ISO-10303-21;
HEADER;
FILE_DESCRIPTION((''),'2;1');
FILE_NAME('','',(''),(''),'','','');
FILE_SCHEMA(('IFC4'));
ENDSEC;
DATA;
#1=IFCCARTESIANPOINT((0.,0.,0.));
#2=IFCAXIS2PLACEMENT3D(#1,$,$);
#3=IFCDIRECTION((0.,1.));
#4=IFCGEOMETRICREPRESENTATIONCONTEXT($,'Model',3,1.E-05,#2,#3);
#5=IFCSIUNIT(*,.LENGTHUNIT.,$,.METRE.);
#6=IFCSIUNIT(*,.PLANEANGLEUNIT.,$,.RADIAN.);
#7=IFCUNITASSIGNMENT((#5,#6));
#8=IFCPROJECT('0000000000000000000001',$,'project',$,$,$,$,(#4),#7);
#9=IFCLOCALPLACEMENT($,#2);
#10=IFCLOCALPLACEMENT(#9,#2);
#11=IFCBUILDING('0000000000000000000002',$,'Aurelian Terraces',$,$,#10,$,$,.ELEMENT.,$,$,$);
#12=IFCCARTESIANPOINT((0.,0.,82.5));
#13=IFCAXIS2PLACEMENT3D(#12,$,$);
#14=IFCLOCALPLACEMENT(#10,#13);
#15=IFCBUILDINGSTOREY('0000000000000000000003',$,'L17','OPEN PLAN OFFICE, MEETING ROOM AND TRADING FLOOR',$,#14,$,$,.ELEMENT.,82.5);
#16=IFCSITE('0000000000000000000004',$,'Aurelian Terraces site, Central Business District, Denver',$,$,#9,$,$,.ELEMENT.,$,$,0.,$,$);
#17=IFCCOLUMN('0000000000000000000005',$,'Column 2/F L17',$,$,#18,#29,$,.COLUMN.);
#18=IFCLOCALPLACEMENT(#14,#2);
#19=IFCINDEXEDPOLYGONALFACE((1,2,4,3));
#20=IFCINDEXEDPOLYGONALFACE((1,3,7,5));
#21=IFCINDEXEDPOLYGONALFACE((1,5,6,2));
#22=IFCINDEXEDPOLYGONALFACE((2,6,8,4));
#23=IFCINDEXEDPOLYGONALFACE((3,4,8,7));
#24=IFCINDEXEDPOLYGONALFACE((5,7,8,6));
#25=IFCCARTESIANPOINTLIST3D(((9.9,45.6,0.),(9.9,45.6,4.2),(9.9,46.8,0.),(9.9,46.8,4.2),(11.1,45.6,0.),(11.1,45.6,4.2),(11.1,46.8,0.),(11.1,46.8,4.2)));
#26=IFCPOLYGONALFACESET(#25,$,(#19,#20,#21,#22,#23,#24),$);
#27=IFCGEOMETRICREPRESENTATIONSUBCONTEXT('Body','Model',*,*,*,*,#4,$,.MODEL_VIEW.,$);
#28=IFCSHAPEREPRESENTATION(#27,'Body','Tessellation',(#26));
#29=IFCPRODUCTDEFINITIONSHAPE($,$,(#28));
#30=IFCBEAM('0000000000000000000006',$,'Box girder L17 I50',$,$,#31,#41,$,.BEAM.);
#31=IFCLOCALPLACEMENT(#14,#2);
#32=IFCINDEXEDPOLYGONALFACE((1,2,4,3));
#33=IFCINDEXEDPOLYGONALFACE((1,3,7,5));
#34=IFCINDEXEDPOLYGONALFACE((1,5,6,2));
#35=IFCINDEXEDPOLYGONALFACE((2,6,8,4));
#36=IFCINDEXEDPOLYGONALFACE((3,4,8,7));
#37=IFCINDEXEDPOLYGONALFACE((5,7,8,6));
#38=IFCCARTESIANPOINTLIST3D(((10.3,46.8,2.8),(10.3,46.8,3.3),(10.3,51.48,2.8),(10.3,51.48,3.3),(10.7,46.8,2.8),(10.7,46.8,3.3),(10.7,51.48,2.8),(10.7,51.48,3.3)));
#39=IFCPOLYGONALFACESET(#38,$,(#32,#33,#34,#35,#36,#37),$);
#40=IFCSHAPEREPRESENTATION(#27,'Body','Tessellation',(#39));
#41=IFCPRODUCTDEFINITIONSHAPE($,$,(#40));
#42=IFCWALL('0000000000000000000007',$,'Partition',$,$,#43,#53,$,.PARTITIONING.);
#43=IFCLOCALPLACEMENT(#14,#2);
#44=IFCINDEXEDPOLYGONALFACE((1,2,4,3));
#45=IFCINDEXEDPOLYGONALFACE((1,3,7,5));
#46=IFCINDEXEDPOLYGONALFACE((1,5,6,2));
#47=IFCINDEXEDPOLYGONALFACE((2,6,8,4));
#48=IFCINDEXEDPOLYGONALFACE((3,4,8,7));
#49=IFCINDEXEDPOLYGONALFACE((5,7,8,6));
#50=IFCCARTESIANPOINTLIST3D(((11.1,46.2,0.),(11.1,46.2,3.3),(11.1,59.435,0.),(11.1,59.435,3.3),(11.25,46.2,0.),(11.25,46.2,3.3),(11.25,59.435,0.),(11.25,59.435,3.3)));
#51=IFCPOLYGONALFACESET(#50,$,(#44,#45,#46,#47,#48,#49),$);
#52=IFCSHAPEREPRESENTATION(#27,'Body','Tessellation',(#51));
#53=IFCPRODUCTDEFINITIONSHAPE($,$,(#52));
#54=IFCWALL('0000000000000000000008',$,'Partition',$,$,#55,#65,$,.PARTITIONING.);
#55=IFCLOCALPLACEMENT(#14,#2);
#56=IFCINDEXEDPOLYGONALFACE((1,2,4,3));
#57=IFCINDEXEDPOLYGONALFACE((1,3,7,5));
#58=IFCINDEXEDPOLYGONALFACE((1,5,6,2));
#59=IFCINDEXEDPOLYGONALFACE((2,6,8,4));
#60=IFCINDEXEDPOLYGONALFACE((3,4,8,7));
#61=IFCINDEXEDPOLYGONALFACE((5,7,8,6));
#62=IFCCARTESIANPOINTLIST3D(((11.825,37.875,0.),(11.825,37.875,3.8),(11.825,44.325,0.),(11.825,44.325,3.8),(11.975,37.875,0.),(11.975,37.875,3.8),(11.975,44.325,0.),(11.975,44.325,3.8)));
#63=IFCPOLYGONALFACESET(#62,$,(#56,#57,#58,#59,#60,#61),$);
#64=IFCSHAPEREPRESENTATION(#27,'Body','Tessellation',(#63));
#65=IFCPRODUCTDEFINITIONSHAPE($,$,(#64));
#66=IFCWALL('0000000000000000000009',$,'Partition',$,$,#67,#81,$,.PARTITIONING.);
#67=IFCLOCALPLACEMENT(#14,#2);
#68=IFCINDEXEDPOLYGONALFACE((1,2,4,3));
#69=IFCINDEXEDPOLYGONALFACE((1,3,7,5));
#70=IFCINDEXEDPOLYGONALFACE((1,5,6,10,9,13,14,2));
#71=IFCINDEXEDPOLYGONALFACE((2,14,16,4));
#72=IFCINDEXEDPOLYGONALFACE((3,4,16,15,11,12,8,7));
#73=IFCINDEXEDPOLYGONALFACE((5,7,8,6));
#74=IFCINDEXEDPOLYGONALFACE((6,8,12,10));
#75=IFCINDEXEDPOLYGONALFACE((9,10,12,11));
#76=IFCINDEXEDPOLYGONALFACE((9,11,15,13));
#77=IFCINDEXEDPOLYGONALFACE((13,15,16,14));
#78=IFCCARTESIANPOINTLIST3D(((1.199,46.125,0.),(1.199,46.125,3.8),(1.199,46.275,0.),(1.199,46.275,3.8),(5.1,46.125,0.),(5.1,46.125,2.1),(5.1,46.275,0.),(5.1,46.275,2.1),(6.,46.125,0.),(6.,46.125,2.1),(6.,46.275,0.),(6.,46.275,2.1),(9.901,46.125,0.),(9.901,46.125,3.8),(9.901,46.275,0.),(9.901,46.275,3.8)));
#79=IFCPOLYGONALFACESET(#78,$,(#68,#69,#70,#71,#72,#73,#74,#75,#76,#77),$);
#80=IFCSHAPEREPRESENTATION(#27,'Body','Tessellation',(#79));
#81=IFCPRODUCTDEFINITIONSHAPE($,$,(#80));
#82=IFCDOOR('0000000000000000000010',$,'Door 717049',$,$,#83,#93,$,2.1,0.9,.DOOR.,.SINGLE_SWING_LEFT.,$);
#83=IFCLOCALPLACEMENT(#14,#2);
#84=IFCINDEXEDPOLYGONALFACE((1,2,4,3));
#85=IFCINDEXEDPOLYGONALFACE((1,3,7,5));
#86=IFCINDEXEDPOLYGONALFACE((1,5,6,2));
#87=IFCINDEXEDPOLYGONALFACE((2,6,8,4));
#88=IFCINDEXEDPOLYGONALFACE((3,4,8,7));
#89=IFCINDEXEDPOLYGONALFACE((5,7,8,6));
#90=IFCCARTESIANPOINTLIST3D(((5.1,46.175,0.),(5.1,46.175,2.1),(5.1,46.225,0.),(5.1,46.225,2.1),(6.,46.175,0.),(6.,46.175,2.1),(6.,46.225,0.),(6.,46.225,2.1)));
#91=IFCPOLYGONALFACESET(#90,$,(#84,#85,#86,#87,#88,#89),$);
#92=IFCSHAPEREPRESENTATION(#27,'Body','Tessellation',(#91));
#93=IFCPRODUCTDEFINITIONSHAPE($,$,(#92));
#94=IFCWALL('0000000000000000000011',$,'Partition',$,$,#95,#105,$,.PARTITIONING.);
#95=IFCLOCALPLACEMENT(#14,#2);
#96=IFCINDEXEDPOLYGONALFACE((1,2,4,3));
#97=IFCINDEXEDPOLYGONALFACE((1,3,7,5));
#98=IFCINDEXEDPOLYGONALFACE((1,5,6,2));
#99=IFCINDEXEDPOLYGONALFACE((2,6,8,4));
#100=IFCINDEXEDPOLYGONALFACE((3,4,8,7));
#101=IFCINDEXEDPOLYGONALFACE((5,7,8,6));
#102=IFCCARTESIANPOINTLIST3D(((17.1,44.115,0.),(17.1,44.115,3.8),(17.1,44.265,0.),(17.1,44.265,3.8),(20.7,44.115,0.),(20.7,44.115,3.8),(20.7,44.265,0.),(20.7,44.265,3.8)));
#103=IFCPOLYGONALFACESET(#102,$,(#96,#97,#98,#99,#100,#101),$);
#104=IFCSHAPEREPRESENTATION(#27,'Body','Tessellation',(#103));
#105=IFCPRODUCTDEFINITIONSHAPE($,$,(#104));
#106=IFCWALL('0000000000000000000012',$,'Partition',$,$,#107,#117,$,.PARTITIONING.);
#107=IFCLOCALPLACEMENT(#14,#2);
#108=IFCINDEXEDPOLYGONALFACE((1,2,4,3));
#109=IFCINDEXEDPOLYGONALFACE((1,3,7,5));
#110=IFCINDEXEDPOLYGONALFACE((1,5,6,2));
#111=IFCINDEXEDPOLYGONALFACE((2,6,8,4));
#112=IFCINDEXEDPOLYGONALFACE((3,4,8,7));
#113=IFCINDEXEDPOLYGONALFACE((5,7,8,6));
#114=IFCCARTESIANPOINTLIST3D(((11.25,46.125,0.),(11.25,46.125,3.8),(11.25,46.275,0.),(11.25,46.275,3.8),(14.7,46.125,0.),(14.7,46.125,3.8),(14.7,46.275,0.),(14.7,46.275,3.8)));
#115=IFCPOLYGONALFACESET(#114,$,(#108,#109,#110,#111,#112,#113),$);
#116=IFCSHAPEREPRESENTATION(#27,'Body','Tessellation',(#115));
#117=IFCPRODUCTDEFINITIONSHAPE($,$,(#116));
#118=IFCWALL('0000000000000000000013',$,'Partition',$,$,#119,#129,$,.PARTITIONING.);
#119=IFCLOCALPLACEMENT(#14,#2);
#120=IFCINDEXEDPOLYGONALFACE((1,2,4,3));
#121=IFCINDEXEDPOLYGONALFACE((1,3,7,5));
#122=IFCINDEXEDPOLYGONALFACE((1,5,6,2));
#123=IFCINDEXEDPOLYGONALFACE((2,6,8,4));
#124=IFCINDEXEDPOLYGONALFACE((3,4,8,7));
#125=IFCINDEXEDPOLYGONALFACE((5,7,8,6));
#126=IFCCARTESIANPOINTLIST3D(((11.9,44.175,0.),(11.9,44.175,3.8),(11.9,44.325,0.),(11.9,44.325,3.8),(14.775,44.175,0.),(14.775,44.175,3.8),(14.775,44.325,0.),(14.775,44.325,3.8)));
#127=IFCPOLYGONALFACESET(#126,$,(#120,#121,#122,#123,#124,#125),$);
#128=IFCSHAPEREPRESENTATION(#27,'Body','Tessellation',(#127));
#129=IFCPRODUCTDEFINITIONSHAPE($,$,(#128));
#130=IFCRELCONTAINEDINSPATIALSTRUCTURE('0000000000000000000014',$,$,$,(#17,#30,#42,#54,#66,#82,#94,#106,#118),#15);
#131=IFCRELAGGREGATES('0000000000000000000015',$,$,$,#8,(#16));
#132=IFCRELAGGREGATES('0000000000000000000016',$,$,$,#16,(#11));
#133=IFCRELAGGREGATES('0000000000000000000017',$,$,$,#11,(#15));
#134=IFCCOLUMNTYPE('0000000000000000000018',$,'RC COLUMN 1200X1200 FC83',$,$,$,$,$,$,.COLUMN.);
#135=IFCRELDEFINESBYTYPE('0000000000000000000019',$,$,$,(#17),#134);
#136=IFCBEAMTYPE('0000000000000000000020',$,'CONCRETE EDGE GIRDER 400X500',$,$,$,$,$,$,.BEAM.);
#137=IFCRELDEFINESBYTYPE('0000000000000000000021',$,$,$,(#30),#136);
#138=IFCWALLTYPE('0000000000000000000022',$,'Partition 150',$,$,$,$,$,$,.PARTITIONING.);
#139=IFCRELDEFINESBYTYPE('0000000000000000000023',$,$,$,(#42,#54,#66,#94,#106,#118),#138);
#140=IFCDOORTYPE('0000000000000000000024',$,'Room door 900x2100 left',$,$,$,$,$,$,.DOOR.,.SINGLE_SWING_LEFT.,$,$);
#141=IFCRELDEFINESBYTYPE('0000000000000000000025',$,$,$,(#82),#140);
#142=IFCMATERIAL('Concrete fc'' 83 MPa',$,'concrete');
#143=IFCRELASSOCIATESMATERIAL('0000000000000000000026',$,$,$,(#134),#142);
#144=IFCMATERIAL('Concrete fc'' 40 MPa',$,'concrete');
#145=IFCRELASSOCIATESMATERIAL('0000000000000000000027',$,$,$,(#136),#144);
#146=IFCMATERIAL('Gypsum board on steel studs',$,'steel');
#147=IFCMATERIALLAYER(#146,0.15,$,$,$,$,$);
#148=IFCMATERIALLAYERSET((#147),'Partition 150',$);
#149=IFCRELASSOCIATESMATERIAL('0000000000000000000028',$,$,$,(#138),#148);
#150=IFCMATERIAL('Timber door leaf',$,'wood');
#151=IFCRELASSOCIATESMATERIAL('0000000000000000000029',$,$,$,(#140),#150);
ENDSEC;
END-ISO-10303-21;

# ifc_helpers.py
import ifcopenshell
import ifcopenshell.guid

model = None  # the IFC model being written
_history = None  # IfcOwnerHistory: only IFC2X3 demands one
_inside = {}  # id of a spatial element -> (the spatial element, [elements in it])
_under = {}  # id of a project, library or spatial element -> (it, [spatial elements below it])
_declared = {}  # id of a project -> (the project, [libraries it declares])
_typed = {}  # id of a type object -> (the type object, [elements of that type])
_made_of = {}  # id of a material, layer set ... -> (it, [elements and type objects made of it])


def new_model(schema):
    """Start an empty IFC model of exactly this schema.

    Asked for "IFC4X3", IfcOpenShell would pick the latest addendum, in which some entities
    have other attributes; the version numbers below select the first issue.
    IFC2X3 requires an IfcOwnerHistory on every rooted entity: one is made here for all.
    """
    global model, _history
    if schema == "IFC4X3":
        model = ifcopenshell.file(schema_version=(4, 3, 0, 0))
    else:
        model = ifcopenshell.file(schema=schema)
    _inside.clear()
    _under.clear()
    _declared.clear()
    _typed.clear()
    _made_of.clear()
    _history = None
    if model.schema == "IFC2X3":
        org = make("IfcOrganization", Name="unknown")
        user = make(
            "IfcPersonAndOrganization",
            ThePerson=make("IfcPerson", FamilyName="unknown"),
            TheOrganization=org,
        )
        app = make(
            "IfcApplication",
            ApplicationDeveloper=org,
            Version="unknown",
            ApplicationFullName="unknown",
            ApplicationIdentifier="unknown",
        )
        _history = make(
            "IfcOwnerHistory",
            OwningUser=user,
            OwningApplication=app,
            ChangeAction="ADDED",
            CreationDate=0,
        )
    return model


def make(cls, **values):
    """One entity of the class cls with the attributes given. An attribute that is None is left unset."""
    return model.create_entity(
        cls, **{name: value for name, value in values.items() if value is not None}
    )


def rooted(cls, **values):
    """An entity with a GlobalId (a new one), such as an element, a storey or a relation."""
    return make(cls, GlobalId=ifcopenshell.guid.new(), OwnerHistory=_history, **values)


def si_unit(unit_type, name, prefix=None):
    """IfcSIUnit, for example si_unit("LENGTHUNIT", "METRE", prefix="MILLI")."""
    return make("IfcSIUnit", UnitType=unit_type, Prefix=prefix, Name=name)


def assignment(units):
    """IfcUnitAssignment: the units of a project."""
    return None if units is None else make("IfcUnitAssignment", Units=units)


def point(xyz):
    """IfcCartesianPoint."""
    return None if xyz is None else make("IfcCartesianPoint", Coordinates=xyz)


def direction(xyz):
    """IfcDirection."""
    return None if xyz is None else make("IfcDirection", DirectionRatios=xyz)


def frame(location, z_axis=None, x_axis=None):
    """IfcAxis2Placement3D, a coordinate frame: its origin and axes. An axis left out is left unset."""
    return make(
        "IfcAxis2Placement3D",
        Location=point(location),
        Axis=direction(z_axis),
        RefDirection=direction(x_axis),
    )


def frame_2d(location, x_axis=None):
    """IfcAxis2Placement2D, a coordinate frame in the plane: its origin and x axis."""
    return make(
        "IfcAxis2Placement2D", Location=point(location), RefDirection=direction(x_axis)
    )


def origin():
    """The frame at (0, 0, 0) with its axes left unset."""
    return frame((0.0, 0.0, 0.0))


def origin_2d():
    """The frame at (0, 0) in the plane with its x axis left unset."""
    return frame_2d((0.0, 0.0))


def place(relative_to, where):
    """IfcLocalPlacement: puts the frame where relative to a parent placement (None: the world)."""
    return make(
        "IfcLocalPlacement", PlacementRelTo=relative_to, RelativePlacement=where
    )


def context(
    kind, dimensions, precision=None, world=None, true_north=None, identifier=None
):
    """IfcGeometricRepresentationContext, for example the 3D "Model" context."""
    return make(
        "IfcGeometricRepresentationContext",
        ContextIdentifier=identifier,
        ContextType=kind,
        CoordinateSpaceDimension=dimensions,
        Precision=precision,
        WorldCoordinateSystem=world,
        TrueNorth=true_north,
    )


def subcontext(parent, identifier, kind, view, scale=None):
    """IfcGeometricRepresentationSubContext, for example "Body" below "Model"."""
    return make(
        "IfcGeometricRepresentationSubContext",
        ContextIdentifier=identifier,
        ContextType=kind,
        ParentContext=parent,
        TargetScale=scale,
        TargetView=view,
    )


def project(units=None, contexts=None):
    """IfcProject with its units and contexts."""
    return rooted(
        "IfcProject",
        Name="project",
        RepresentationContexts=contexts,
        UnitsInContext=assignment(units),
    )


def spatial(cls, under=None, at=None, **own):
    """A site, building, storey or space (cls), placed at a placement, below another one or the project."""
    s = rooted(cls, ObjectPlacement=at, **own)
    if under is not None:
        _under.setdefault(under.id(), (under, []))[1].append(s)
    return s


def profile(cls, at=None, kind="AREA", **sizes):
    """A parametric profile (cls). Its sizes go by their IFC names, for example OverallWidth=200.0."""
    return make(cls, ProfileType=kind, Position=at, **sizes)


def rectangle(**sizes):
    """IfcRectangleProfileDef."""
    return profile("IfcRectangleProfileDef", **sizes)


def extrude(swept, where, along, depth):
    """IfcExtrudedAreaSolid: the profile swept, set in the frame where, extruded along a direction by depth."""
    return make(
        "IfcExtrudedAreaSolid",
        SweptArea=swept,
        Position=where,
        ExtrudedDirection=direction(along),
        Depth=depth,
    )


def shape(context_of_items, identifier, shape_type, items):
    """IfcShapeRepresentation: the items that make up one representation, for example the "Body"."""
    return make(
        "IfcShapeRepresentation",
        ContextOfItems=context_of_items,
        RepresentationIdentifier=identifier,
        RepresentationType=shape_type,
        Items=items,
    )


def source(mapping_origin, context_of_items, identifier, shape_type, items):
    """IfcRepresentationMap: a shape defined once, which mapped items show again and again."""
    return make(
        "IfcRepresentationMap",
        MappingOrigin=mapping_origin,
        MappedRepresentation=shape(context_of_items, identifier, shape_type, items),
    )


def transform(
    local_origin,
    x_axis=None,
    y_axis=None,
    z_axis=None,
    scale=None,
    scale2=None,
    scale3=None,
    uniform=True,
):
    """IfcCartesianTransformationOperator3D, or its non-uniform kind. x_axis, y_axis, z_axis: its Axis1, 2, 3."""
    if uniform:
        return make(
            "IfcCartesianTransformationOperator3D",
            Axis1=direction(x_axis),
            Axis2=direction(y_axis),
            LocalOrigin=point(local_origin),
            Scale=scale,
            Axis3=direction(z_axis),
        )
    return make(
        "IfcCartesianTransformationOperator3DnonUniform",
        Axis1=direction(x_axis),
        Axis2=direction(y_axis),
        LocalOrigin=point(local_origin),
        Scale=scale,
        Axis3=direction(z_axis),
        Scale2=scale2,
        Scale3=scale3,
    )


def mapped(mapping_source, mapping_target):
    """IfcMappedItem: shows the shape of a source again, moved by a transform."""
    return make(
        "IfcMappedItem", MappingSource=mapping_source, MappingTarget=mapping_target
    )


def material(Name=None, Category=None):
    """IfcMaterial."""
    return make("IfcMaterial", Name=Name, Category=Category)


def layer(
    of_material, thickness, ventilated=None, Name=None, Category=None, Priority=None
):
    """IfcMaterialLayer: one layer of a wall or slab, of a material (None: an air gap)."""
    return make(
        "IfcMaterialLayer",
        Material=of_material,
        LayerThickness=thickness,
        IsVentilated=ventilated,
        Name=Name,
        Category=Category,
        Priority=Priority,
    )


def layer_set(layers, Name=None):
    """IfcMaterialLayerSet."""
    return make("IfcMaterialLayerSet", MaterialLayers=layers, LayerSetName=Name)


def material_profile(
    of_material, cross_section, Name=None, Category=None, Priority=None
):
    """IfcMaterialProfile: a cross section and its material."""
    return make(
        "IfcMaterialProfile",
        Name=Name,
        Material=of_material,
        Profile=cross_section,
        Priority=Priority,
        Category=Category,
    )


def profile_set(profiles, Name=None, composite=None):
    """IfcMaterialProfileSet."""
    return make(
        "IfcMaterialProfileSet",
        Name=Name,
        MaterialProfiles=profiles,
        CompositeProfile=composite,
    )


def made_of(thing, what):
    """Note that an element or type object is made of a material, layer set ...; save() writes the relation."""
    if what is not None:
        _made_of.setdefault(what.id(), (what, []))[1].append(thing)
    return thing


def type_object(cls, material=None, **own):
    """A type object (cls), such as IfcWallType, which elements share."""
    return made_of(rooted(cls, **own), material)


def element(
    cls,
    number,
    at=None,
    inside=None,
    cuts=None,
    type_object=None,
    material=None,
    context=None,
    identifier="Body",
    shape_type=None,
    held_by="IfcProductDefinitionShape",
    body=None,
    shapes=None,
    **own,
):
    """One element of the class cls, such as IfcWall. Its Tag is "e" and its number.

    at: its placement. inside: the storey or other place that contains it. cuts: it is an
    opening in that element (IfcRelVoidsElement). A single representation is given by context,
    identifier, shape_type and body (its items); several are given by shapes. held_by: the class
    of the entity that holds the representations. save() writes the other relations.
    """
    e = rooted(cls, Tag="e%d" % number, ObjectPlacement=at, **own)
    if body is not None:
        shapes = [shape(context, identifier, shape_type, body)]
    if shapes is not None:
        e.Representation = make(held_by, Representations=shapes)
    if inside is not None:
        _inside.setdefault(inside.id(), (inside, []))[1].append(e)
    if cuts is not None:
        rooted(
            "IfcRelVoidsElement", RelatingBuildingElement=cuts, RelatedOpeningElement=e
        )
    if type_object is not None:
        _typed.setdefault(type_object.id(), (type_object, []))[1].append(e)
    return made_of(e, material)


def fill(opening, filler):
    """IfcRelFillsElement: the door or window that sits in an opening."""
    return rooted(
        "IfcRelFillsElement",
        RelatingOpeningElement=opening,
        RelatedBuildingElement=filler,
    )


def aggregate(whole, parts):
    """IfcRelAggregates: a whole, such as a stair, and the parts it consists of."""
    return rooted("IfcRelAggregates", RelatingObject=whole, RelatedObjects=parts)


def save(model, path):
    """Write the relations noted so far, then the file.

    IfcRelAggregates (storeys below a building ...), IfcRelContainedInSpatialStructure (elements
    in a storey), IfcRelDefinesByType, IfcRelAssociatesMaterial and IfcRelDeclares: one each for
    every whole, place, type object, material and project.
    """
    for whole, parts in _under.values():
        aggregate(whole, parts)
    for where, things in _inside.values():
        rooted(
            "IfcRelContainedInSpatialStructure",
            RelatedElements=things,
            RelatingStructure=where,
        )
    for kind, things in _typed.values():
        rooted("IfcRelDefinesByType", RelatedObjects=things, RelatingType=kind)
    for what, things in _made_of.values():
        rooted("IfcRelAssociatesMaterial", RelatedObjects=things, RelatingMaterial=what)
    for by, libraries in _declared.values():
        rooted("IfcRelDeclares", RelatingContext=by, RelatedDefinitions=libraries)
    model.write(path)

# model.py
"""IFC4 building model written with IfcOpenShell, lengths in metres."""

from ifc_helpers import new_model, si_unit, direction, frame, frame_2d, origin, origin_2d, place, context, subcontext, project, spatial, rectangle, extrude, source, transform, mapped, material, layer, layer_set, material_profile, profile_set, type_object, element, fill, save


model = new_model("IFC4")

# Units and contexts
model_context = context("Model", 3, precision=1e-05, world=origin(), true_north=direction((0.0, 1.0)))
body_context = subcontext(model_context, "Body", "Model", "MODEL_VIEW")
ifc_project = project(units=[si_unit("LENGTHUNIT", "METRE"), si_unit("PLANEANGLEUNIT", "RADIAN")], contexts=[model_context])

# Site, building, storey
site_placement = place(None, origin())
site = spatial("IfcSite", under=ifc_project, at=site_placement, Name="Aurelian Terraces site, Central Business District, Denver", CompositionType="ELEMENT", RefElevation=0.0)
building_placement = place(site_placement, origin())
building = spatial("IfcBuilding", under=site, at=building_placement, Name="Aurelian Terraces", CompositionType="ELEMENT")
storey_placement = place(building_placement, frame((0.0, 0.0, 82.5)))
storey = spatial("IfcBuildingStorey", under=building, at=storey_placement, Name="L17", Description="OPEN PLAN OFFICE, MEETING ROOM AND TRADING FLOOR", CompositionType="ELEMENT", Elevation=82.5)

# Column
ifc_material_1 = material(Name="Concrete fc' 83 MPa", Category="concrete")
ifc_material_profile_1 = material_profile(ifc_material_1, rectangle(XDim=1.2, YDim=1.2, at=origin_2d()))
ifc_profile_set_1 = profile_set([ifc_material_profile_1], Name="Concrete fc' 83 MPa")
column_type = type_object("IfcColumnType", Name="RC COLUMN 1200X1200 FC83", PredefinedType="COLUMN", material=ifc_profile_set_1)
shared_shape_1 = source(origin(), body_context, "Body", "SweptSolid", [
    extrude(rectangle(XDim=1.2, YDim=1.2, at=origin_2d()), origin(), (0.0, 0.0, 1.0), 4.2),
])
column_placement = place(storey_placement, frame((10.5, 46.2, 0.0), z_axis=(0.0, 0.0, 1.0), x_axis=(1.0, 0.0, 0.0)))
element("IfcColumn", 1, at=column_placement, inside=storey, type_object=column_type, Name="Column 2/F L17", PredefinedType="COLUMN", context=body_context, shape_type="MappedRepresentation", body=[
    mapped(shared_shape_1, transform((0.0, 0.0, 0.0), scale=1.0)),
])

# Beam
ifc_material_2 = material(Name="Concrete fc' 40 MPa", Category="concrete")
ifc_material_profile_2 = material_profile(ifc_material_2, rectangle(XDim=0.4, YDim=0.5, at=origin_2d()))
ifc_profile_set_2 = profile_set([ifc_material_profile_2], Name="Concrete fc' 40 MPa")
beam_type = type_object("IfcBeamType", Name="CONCRETE EDGE GIRDER 400X500", PredefinedType="BEAM", material=ifc_profile_set_2)
shared_shape_2 = source(origin(), body_context, "Body", "SweptSolid", [
    extrude(rectangle(XDim=0.4, YDim=0.5, at=origin_2d()), origin(), (0.0, 0.0, 1.0), 4.68),
])
beam_placement = place(storey_placement, frame((10.5, 46.8, 3.05), z_axis=(0.0, 1.0, 0.0), x_axis=(-1.0, 0.0, 0.0)))
element("IfcBeam", 2, at=beam_placement, inside=storey, type_object=beam_type, Name="Box girder L17 I50", PredefinedType="BEAM", context=body_context, shape_type="MappedRepresentation", body=[
    mapped(shared_shape_2, transform((0.0, 0.0, 0.0), scale=1.0)),
])

# Walls
ifc_material_3 = material(Name="Gypsum board on steel studs", Category="steel")
ifc_layer_1 = layer(ifc_material_3, 0.15)
ifc_layer_set_1 = layer_set([ifc_layer_1], Name="Partition 150")
wall_type_1 = type_object("IfcWallType", Name="Partition 150", PredefinedType="PARTITIONING", material=ifc_layer_set_1)
wall_1_placement = place(storey_placement, frame((11.175, 46.2, 0.0), z_axis=(0.0, 0.0, 1.0), x_axis=(0.0, 1.0, 0.0)))
element("IfcWall", 3, at=wall_1_placement, inside=storey, type_object=wall_type_1, Name="Partition", PredefinedType="PARTITIONING", context=body_context, shape_type="SweptSolid", body=[
    extrude(rectangle(XDim=13.235, YDim=0.15, at=frame_2d((6.6175, 0.0))), origin(), (0.0, 0.0, 1.0), 3.3),
])
shared_shape_3 = source(origin(), body_context, "Body", "SweptSolid", [
    extrude(rectangle(XDim=6.45, YDim=0.15, at=frame_2d((3.225, 0.0))), origin(), (0.0, 0.0, 1.0), 3.8),
])
wall_2_placement = place(storey_placement, frame((11.9, 44.325, 0.0), z_axis=(0.0, 0.0, 1.0), x_axis=(0.0, -1.0, 0.0)))
element("IfcWall", 4, at=wall_2_placement, inside=storey, type_object=wall_type_1, Name="Partition", PredefinedType="PARTITIONING", context=body_context, shape_type="MappedRepresentation", body=[
    mapped(shared_shape_3, transform((0.0, 0.0, 0.0), scale=1.0)),
])

# Wall, opening, door
shared_shape_4 = source(origin(), body_context, "Body", "SweptSolid", [
    extrude(rectangle(XDim=8.702, YDim=0.15, at=frame_2d((4.351, 0.0))), origin(), (0.0, 0.0, 1.0), 3.8),
])
wall_3_placement = place(storey_placement, frame((9.901, 46.2, 0.0), z_axis=(0.0, 0.0, 1.0), x_axis=(-1.0, 0.0, 0.0)))
wall_3 = element("IfcWall", 5, at=wall_3_placement, inside=storey, type_object=wall_type_1, Name="Partition", PredefinedType="PARTITIONING", context=body_context, shape_type="MappedRepresentation", body=[
    mapped(shared_shape_4, transform((0.0, 0.0, 0.0), scale=1.0)),
])
shared_shape_5 = source(origin(), body_context, "Body", "SweptSolid", [
    extrude(rectangle(XDim=0.9, YDim=2.1, at=frame_2d((0.45, 1.05))), frame((0.0, 0.085, 0.0), z_axis=(0.0, -1.0, 0.0), x_axis=(1.0, 0.0, 0.0)), (0.0, 0.0, 1.0), 0.17),
])
opening_1_placement = place(wall_3_placement, frame((3.901, 0.0, 0.0)))
opening_1 = element("IfcOpeningElement", 6, at=opening_1_placement, cuts=wall_3, PredefinedType="OPENING", context=body_context, shape_type="MappedRepresentation", body=[
    mapped(shared_shape_5, transform((0.0, 0.0, 0.0), scale=1.0)),
])
ifc_material_4 = material(Name="Timber door leaf", Category="wood")
door_type_1 = type_object("IfcDoorType", Name="Room door 900x2100 left", OperationType="SINGLE_SWING_LEFT", PredefinedType="DOOR", material=ifc_material_4)
shared_shape_6 = source(origin(), body_context, "Body", "SweptSolid", [
    extrude(rectangle(XDim=0.9, YDim=2.1, at=frame_2d((0.45, 1.05))), frame((0.0, 0.025, 0.0), z_axis=(0.0, -1.0, 0.0), x_axis=(1.0, 0.0, 0.0)), (0.0, 0.0, 1.0), 0.05),
])
door_1_placement = place(opening_1_placement, origin())
door_1 = element("IfcDoor", 7, at=door_1_placement, inside=storey, type_object=door_type_1, Name="Door 717049", OperationType="SINGLE_SWING_LEFT", OverallHeight=2.1, OverallWidth=0.9, PredefinedType="DOOR", context=body_context, shape_type="MappedRepresentation", body=[
    mapped(shared_shape_6, transform((0.0, 0.0, 0.0), scale=1.0)),
])
fill(opening_1, door_1)

# Walls
shared_shape_7 = source(origin(), body_context, "Body", "SweptSolid", [
    extrude(rectangle(XDim=3.6, YDim=0.15, at=frame_2d((1.8, 0.0))), origin(), (0.0, 0.0, 1.0), 3.8),
])
wall_4_placement = place(storey_placement, frame((17.1, 44.19, 0.0), z_axis=(0.0, 0.0, 1.0), x_axis=(1.0, 0.0, 0.0)))
element("IfcWall", 8, at=wall_4_placement, inside=storey, type_object=wall_type_1, Name="Partition", PredefinedType="PARTITIONING", context=body_context, shape_type="MappedRepresentation", body=[
    mapped(shared_shape_7, transform((0.0, 0.0, 0.0), scale=1.0)),
])
shared_shape_8 = source(origin(), body_context, "Body", "SweptSolid", [
    extrude(rectangle(XDim=3.45, YDim=0.15, at=frame_2d((1.725, 0.0))), origin(), (0.0, 0.0, 1.0), 3.8),
])
wall_5_placement = place(storey_placement, frame((14.7, 46.2, 0.0), z_axis=(0.0, 0.0, 1.0), x_axis=(-1.0, 0.0, 0.0)))
element("IfcWall", 9, at=wall_5_placement, inside=storey, type_object=wall_type_1, Name="Partition", PredefinedType="PARTITIONING", context=body_context, shape_type="MappedRepresentation", body=[
    mapped(shared_shape_8, transform((0.0, 0.0, 0.0), scale=1.0)),
])
shared_shape_9 = source(origin(), body_context, "Body", "SweptSolid", [
    extrude(rectangle(XDim=2.875, YDim=0.15, at=frame_2d((1.4375, 0.0))), origin(), (0.0, 0.0, 1.0), 3.8),
])
wall_6_placement = place(storey_placement, frame((14.775, 44.25, 0.0), z_axis=(0.0, 0.0, 1.0), x_axis=(-1.0, 0.0, 0.0)))
element("IfcWall", 10, at=wall_6_placement, inside=storey, type_object=wall_type_1, Name="Partition", PredefinedType="PARTITIONING", context=body_context, shape_type="MappedRepresentation", body=[
    mapped(shared_shape_9, transform((0.0, 0.0, 0.0), scale=1.0)),
])

save(model, "model.ifc")
